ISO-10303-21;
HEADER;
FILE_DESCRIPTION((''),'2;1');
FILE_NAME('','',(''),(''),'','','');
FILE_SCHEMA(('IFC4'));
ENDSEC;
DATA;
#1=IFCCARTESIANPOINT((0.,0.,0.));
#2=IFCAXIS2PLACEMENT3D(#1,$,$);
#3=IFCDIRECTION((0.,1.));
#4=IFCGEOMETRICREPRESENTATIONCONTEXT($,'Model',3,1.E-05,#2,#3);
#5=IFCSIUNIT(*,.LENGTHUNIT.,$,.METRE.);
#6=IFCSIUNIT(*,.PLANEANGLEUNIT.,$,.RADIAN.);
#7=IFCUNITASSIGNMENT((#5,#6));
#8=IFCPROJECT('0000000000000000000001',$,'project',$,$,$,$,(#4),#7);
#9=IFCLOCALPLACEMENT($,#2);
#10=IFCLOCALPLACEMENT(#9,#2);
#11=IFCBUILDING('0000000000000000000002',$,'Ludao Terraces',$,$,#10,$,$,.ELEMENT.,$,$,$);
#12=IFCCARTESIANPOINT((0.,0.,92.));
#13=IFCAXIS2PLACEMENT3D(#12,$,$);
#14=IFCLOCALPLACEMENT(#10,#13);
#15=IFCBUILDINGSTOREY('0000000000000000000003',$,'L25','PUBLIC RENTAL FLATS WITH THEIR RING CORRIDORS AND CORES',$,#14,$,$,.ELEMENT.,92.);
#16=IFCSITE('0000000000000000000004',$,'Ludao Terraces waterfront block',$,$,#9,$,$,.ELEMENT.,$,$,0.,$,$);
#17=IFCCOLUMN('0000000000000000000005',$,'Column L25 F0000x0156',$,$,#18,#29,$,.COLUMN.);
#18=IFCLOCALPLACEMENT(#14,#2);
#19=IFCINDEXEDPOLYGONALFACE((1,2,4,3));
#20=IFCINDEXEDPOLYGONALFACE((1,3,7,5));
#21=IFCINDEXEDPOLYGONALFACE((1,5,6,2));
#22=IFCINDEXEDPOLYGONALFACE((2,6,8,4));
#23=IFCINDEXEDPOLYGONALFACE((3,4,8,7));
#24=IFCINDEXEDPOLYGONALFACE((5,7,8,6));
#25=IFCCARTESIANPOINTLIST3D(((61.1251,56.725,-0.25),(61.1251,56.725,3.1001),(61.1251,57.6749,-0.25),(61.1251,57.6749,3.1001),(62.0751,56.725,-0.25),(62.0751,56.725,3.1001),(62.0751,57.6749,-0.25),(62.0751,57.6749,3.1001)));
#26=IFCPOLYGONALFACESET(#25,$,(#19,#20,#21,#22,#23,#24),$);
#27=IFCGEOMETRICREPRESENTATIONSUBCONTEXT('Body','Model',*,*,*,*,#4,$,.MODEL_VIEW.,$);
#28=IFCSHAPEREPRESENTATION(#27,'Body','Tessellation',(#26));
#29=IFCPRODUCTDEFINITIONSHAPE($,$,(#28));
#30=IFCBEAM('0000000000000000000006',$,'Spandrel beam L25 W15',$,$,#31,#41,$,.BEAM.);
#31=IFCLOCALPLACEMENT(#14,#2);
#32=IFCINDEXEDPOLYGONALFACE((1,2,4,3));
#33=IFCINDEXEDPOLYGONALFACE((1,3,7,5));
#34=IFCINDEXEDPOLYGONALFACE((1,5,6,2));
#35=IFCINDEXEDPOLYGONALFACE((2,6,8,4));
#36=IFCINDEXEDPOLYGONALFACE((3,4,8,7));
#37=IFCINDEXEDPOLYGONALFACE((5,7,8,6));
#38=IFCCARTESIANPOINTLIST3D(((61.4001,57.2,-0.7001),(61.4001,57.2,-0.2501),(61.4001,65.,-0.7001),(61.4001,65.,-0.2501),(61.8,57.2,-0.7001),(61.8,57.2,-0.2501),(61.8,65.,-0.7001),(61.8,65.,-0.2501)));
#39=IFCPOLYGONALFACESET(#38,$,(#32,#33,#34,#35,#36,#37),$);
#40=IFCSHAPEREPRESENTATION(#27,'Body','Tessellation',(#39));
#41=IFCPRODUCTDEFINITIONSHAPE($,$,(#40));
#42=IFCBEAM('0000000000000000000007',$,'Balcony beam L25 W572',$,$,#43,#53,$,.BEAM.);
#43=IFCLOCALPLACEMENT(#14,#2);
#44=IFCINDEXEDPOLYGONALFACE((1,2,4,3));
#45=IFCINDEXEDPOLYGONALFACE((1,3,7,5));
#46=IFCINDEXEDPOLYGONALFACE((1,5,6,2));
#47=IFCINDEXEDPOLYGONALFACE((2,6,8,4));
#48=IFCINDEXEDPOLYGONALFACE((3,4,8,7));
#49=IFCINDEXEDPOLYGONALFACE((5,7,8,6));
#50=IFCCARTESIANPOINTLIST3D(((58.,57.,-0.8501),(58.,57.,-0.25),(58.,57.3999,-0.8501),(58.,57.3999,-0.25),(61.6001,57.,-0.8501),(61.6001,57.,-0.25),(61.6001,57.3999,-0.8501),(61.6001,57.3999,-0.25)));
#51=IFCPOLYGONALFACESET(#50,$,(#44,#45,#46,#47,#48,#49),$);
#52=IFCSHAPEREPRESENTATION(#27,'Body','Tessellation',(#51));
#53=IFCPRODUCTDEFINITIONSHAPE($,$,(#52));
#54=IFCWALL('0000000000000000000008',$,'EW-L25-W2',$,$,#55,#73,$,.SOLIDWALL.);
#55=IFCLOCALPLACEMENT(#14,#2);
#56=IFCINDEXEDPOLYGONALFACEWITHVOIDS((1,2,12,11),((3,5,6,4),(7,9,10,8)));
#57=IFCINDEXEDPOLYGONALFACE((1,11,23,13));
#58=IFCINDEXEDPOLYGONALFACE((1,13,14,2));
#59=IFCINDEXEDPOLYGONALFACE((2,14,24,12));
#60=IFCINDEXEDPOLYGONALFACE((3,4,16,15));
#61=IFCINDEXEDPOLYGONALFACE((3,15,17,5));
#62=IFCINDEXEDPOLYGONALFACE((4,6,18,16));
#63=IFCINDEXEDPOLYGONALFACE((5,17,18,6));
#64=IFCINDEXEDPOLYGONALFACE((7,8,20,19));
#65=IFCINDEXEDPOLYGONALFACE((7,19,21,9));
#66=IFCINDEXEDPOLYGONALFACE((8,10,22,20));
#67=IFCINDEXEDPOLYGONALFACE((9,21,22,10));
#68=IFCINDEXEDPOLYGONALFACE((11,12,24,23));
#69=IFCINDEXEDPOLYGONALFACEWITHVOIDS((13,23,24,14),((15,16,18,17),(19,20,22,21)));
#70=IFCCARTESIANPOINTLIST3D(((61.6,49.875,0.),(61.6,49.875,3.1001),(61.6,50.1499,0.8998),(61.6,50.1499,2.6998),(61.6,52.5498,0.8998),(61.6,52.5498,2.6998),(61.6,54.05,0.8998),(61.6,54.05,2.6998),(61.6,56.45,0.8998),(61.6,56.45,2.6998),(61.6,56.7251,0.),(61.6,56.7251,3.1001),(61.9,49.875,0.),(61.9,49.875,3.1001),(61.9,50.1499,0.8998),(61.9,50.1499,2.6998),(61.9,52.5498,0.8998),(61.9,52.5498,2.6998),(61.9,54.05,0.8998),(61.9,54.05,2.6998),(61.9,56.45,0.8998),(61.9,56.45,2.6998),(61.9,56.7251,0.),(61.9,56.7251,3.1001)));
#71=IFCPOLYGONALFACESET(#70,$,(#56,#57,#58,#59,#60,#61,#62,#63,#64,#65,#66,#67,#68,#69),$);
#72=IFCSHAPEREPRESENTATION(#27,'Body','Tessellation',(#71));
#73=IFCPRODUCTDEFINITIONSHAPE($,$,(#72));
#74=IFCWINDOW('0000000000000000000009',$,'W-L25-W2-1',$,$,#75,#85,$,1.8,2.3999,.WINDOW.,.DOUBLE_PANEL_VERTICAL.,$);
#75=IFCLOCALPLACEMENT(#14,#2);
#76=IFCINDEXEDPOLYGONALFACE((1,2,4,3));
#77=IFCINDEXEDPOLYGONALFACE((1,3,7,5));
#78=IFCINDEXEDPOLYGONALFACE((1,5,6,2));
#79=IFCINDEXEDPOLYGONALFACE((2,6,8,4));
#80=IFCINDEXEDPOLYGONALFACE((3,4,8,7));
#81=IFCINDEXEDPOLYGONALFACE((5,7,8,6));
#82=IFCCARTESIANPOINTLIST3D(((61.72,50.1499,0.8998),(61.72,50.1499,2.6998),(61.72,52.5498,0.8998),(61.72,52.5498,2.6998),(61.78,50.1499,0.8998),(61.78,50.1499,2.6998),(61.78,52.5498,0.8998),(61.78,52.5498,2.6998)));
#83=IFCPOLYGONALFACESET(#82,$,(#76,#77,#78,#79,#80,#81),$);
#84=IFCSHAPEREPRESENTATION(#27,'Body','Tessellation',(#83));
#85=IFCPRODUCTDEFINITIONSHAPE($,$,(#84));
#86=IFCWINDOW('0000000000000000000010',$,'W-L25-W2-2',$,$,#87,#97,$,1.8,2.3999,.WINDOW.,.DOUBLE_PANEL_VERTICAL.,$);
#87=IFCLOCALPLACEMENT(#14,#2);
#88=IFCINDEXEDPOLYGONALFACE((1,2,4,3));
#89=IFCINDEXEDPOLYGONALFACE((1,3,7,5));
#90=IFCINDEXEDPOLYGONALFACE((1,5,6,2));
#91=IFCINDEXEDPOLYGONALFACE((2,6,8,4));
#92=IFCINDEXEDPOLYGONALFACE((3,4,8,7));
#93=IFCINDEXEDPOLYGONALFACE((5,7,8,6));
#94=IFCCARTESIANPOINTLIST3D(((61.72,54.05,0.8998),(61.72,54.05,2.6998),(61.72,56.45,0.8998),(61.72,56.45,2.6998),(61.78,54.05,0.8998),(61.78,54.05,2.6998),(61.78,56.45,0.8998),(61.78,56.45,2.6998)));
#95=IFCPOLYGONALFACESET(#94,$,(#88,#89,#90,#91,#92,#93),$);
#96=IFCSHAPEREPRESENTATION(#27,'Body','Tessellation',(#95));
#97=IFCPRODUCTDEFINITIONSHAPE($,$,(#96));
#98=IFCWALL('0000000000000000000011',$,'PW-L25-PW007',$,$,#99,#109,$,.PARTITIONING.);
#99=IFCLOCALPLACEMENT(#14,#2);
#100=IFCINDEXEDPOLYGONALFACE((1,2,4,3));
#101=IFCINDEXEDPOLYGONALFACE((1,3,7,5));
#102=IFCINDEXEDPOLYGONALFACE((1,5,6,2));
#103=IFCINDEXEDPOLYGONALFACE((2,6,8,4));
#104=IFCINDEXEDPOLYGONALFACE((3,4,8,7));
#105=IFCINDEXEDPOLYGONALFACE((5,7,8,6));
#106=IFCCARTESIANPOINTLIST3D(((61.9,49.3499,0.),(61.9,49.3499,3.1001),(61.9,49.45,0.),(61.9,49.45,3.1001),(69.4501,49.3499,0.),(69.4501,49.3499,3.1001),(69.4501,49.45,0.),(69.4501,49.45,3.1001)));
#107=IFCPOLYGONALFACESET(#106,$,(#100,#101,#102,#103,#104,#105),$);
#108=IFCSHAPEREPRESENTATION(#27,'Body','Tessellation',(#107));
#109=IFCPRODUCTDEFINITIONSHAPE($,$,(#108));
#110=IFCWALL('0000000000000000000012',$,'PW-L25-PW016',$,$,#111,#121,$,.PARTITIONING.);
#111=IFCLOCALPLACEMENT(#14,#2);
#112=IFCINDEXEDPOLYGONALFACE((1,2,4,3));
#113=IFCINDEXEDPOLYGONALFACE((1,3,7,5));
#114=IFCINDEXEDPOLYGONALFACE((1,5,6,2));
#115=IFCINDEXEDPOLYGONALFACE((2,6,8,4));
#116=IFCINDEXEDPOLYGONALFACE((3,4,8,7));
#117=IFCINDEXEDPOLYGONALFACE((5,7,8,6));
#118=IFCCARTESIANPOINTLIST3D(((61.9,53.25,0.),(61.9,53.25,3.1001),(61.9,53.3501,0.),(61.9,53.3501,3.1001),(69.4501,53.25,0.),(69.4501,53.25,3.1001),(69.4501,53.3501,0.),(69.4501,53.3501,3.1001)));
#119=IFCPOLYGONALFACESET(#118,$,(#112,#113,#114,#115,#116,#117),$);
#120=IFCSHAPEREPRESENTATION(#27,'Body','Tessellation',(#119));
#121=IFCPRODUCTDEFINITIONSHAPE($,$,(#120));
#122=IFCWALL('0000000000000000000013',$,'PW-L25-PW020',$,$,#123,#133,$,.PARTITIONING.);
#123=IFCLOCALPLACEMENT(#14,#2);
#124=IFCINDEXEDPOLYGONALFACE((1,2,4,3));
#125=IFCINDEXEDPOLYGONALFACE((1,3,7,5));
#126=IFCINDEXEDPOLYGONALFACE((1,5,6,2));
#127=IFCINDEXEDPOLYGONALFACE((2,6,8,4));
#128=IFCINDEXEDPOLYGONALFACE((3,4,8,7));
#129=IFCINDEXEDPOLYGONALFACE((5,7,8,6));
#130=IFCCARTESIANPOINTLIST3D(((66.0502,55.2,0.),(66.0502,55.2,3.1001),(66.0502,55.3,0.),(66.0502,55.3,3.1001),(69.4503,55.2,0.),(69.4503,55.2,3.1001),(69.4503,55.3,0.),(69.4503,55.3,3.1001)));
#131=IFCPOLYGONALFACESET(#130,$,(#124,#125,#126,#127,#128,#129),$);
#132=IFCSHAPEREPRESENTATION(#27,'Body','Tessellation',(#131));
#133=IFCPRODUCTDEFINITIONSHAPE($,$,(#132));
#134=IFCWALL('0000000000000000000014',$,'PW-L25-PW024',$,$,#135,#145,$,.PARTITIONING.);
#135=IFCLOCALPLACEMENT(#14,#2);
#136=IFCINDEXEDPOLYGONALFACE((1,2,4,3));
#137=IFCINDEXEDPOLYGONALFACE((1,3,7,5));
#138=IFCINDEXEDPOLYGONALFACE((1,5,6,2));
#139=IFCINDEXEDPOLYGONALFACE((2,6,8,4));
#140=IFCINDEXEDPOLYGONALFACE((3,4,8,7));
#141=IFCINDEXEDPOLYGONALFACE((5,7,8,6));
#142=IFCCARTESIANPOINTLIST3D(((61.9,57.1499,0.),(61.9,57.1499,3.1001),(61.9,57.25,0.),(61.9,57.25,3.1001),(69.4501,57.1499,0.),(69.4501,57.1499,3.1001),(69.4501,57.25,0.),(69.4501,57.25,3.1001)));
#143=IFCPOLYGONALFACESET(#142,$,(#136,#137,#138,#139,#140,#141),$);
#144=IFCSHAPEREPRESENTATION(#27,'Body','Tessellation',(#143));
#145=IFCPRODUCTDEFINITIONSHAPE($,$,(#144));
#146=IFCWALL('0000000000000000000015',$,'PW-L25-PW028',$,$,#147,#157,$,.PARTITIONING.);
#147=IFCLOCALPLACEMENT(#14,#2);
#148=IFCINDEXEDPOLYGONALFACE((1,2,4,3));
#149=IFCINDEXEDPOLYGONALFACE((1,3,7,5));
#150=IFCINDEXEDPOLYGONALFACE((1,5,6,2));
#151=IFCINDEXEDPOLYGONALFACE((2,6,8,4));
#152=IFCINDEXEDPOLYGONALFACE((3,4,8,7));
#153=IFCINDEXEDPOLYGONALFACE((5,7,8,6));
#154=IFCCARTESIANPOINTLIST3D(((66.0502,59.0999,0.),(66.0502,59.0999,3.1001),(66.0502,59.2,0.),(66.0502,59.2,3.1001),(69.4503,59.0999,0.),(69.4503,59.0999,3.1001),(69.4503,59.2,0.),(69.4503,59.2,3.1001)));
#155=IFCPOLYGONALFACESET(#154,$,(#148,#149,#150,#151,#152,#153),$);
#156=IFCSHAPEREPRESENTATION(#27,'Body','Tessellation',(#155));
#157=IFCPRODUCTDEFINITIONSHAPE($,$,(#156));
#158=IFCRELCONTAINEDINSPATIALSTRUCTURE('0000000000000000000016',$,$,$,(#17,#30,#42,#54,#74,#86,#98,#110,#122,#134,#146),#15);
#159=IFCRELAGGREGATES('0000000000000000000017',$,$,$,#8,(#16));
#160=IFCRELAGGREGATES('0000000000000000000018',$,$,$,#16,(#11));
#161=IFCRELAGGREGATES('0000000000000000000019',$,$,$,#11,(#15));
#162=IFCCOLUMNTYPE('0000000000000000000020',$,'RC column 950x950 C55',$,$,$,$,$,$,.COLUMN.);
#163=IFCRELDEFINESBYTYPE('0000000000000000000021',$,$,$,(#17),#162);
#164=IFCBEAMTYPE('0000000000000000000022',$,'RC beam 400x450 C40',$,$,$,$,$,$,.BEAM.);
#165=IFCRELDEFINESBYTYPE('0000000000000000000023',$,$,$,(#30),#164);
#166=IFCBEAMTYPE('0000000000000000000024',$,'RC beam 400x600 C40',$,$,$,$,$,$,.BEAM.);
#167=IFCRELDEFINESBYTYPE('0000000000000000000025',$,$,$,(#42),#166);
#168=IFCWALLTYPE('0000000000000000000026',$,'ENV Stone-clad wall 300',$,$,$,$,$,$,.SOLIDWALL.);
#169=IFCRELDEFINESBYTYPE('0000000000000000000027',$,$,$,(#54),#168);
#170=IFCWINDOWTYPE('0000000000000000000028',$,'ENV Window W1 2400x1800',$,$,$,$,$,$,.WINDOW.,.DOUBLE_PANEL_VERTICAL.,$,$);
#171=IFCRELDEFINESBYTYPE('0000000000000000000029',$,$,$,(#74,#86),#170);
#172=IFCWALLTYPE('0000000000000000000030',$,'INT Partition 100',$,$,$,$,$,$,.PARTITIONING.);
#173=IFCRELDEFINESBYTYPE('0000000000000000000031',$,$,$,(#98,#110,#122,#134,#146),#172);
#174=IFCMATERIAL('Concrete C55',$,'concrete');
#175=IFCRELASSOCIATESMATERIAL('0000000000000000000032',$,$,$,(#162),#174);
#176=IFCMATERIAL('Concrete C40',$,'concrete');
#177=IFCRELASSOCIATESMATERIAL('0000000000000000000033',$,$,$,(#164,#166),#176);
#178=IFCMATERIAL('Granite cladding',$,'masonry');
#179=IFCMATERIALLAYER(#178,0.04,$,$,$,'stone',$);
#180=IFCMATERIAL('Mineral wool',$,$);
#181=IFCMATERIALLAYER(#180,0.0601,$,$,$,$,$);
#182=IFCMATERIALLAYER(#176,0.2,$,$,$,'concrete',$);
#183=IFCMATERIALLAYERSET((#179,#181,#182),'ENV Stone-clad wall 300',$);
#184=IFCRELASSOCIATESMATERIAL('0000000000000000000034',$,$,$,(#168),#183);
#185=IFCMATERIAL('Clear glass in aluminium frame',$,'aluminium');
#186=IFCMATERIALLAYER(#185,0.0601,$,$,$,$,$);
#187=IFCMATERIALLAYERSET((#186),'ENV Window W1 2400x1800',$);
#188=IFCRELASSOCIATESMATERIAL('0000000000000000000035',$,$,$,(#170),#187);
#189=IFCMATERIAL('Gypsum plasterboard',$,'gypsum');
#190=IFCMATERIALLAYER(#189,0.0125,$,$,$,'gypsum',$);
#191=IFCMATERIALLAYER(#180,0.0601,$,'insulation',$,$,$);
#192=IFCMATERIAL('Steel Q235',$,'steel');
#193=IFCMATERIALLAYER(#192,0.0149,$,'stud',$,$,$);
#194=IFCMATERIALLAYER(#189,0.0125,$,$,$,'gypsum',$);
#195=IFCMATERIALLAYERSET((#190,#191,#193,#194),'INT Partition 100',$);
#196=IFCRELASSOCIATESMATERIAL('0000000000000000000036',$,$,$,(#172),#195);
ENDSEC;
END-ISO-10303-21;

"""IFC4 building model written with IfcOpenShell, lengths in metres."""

from ifc_helpers import new_model, si_unit, direction, frame, frame_2d, origin, origin_2d, place, context, subcontext, project, spatial, rectangle, extrude, material, layer, layer_set, material_profile, profile_set, type_object, element, fill, save


model = new_model("IFC4")

# Units and contexts
model_context = context("Model", 3, precision=1e-05, world=origin(), true_north=direction((0.0, 1.0)))
body_context = subcontext(model_context, "Body", "Model", "MODEL_VIEW")
ifc_project = project(units=[si_unit("LENGTHUNIT", "METRE"), si_unit("PLANEANGLEUNIT", "RADIAN")], contexts=[model_context])

# Site, building, storey
site_placement = place(None, origin())
site = spatial("IfcSite", under=ifc_project, at=site_placement, Name="Ludao Terraces waterfront block", CompositionType="ELEMENT", RefElevation=0.0)
building_placement = place(site_placement, origin())
building = spatial("IfcBuilding", under=site, at=building_placement, Name="Ludao Terraces", CompositionType="ELEMENT")
storey_placement = place(building_placement, frame((0.0, 0.0, 92.0)))
storey = spatial("IfcBuildingStorey", under=building, at=storey_placement, Name="L25", Description="PUBLIC RENTAL FLATS WITH THEIR RING CORRIDORS AND CORES", CompositionType="ELEMENT", Elevation=92.0)

# Column
ifc_material_1 = material(Name="Concrete C55", Category="concrete")
ifc_material_profile_1 = material_profile(ifc_material_1, rectangle(XDim=0.95, YDim=0.95, at=origin_2d()), Name="950 X 950")
ifc_profile_set_1 = profile_set([ifc_material_profile_1], Name="Concrete C55")
column_type = type_object("IfcColumnType", Name="RC column 950x950 C55", PredefinedType="COLUMN", material=ifc_profile_set_1)
column_placement = place(storey_placement, frame((61.6001, 57.2, -0.25), z_axis=(0.0, 0.0, 1.0), x_axis=(1.0, 0.0, 0.0)))
element("IfcColumn", 1, at=column_placement, inside=storey, type_object=column_type, Name="Column L25 F0000x0156", PredefinedType="COLUMN", context=body_context, shape_type="SweptSolid", body=[
    extrude(rectangle(XDim=0.95, YDim=0.95, at=origin_2d()), origin(), (0.0, 0.0, 1.0), 3.3501),
])

# Beams
ifc_material_2 = material(Name="Concrete C40", Category="concrete")
ifc_material_profile_2 = material_profile(ifc_material_2, rectangle(XDim=0.3999, YDim=0.45, at=origin_2d()), Name="400 X 450")
ifc_profile_set_2 = profile_set([ifc_material_profile_2], Name="Concrete C40")
beam_type_1 = type_object("IfcBeamType", Name="RC beam 400x450 C40", PredefinedType="BEAM", material=ifc_profile_set_2)
beam_1_placement = place(storey_placement, frame((61.6001, 57.2, -0.4751), z_axis=(0.0, 1.0, 0.0), x_axis=(-1.0, 0.0, 0.0)))
element("IfcBeam", 2, at=beam_1_placement, inside=storey, type_object=beam_type_1, Name="Spandrel beam L25 W15", PredefinedType="BEAM", context=body_context, shape_type="SweptSolid", body=[
    extrude(rectangle(XDim=0.3999, YDim=0.45, at=origin_2d()), origin(), (0.0, 0.0, 1.0), 7.8),
])
ifc_material_profile_3 = material_profile(ifc_material_2, rectangle(XDim=0.3999, YDim=0.6001, at=origin_2d()), Name="400 X 600")
ifc_profile_set_3 = profile_set([ifc_material_profile_3], Name="Concrete C40")
beam_type_2 = type_object("IfcBeamType", Name="RC beam 400x600 C40", PredefinedType="BEAM", material=ifc_profile_set_3)
beam_2_placement = place(storey_placement, frame((61.6001, 57.2, -0.55), z_axis=(-1.0, 0.0, 0.0), x_axis=(0.0, -1.0, 0.0)))
element("IfcBeam", 3, at=beam_2_placement, inside=storey, type_object=beam_type_2, Name="Balcony beam L25 W572", PredefinedType="BEAM", context=body_context, shape_type="SweptSolid", body=[
    extrude(rectangle(XDim=0.3999, YDim=0.6001, at=origin_2d()), origin(), (0.0, 0.0, 1.0), 3.6001),
])

# Wall, openings, windows
ifc_material_3 = material(Name="Granite cladding", Category="masonry")
ifc_layer_1 = layer(ifc_material_3, 0.04, Category="stone")
ifc_material_4 = material(Name="Mineral wool")
ifc_layer_2 = layer(ifc_material_4, 0.0601)
ifc_layer_3 = layer(ifc_material_2, 0.2, Category="concrete")
ifc_layer_set_1 = layer_set([ifc_layer_1, ifc_layer_2, ifc_layer_3], Name="ENV Stone-clad wall 300")
wall_type_1 = type_object("IfcWallType", Name="ENV Stone-clad wall 300", PredefinedType="SOLIDWALL", material=ifc_layer_set_1)
wall_1_placement = place(storey_placement, frame((61.75, 49.875, 0.0), z_axis=(0.0, 0.0, 1.0), x_axis=(0.0, 1.0, 0.0)))
wall_1 = element("IfcWall", 4, at=wall_1_placement, inside=storey, type_object=wall_type_1, Name="EW-L25-W2", PredefinedType="SOLIDWALL", context=body_context, shape_type="SweptSolid", body=[
    extrude(rectangle(XDim=6.8501, YDim=0.3, at=frame_2d((3.425, 0.0))), origin(), (0.0, 0.0, 1.0), 3.1001),
])
opening_1_placement = place(wall_1_placement, frame((0.2749, 0.0, 0.8999)))
opening_1 = element("IfcOpeningElement", 5, at=opening_1_placement, cuts=wall_1, PredefinedType="OPENING", context=body_context, shape_type="SweptSolid", body=[
    extrude(rectangle(XDim=2.3999, YDim=1.8, at=frame_2d((1.2, 0.8999))), frame((0.0, 0.1602, 0.0), z_axis=(0.0, -1.0, 0.0), x_axis=(1.0, 0.0, 0.0)), (0.0, 0.0, 1.0), 0.3201),
])
opening_2_placement = place(wall_1_placement, frame((4.175, 0.0, 0.8999)))
opening_2 = element("IfcOpeningElement", 6, at=opening_2_placement, cuts=wall_1, PredefinedType="OPENING", context=body_context, shape_type="SweptSolid", body=[
    extrude(rectangle(XDim=2.3999, YDim=1.8, at=frame_2d((1.2, 0.8999))), frame((0.0, 0.1602, 0.0), z_axis=(0.0, -1.0, 0.0), x_axis=(1.0, 0.0, 0.0)), (0.0, 0.0, 1.0), 0.3201),
])
ifc_material_5 = material(Name="Clear glass in aluminium frame", Category="aluminium")
ifc_layer_4 = layer(ifc_material_5, 0.0601)
ifc_layer_set_2 = layer_set([ifc_layer_4], Name="ENV Window W1 2400x1800")
window_type = type_object("IfcWindowType", Name="ENV Window W1 2400x1800", PartitioningType="DOUBLE_PANEL_VERTICAL", PredefinedType="WINDOW", material=ifc_layer_set_2)
window_1_placement = place(opening_1_placement, origin())
window_1 = element("IfcWindow", 7, at=window_1_placement, inside=storey, type_object=window_type, Name="W-L25-W2-1", OverallHeight=1.8, OverallWidth=2.3999, PartitioningType="DOUBLE_PANEL_VERTICAL", PredefinedType="WINDOW", context=body_context, shape_type="SweptSolid", body=[
    extrude(rectangle(XDim=2.3999, YDim=1.8, at=frame_2d((1.2, 0.8999))), frame((0.0, 0.03, 0.0), z_axis=(0.0, -1.0, 0.0), x_axis=(1.0, 0.0, 0.0)), (0.0, 0.0, 1.0), 0.0601),
])
fill(opening_1, window_1)
window_2_placement = place(opening_2_placement, origin())
window_2 = element("IfcWindow", 8, at=window_2_placement, inside=storey, type_object=window_type, Name="W-L25-W2-2", OverallHeight=1.8, OverallWidth=2.3999, PartitioningType="DOUBLE_PANEL_VERTICAL", PredefinedType="WINDOW", context=body_context, shape_type="SweptSolid", body=[
    extrude(rectangle(XDim=2.3999, YDim=1.8, at=frame_2d((1.2, 0.8999))), frame((0.0, 0.03, 0.0), z_axis=(0.0, -1.0, 0.0), x_axis=(1.0, 0.0, 0.0)), (0.0, 0.0, 1.0), 0.0601),
])
fill(opening_2, window_2)

# Walls
ifc_material_6 = material(Name="Gypsum plasterboard", Category="gypsum")
ifc_layer_5 = layer(ifc_material_6, 0.0125, Category="gypsum")
ifc_layer_6 = layer(ifc_material_4, 0.0601, Name="insulation")
ifc_material_7 = material(Name="Steel Q235", Category="steel")
ifc_layer_7 = layer(ifc_material_7, 0.0149, Name="stud")
ifc_layer_8 = layer(ifc_material_6, 0.0125, Category="gypsum")
ifc_layer_set_3 = layer_set([ifc_layer_5, ifc_layer_6, ifc_layer_7, ifc_layer_8], Name="INT Partition 100")
wall_type_2 = type_object("IfcWallType", Name="INT Partition 100", PredefinedType="PARTITIONING", material=ifc_layer_set_3)
for number, where, z_axis, x_axis, name in (
    (9, (61.9001, 49.3999, 0.0), (0.0, 0.0, 1.0), (1.0, 0.0, 0.0), "PW-L25-PW007"),
    (10, (61.9001, 53.3, 0.0), (0.0, 0.0, 1.0), (1.0, 0.0, 0.0), "PW-L25-PW016"),
):
    element("IfcWall", number, at=place(storey_placement, frame(where, z_axis=z_axis, x_axis=x_axis)), inside=storey, type_object=wall_type_2, Name=name, PredefinedType="PARTITIONING", context=body_context, shape_type="SweptSolid", body=[
        extrude(rectangle(XDim=7.55, YDim=0.1001, at=frame_2d((3.7749, 0.0))), origin(), (0.0, 0.0, 1.0), 3.1001),
    ])
wall_2_placement = place(storey_placement, frame((66.05, 55.25, 0.0), z_axis=(0.0, 0.0, 1.0), x_axis=(1.0, 0.0, 0.0)))
element("IfcWall", 11, at=wall_2_placement, inside=storey, type_object=wall_type_2, Name="PW-L25-PW020", PredefinedType="PARTITIONING", context=body_context, shape_type="SweptSolid", body=[
    extrude(rectangle(XDim=3.4001, YDim=0.1001, at=frame_2d((1.7002, 0.0))), origin(), (0.0, 0.0, 1.0), 3.1001),
])
wall_3_placement = place(storey_placement, frame((61.9001, 57.2, 0.0), z_axis=(0.0, 0.0, 1.0), x_axis=(1.0, 0.0, 0.0)))
element("IfcWall", 12, at=wall_3_placement, inside=storey, type_object=wall_type_2, Name="PW-L25-PW024", PredefinedType="PARTITIONING", context=body_context, shape_type="SweptSolid", body=[
    extrude(rectangle(XDim=7.55, YDim=0.1001, at=frame_2d((3.7749, 0.0))), origin(), (0.0, 0.0, 1.0), 3.1001),
])
wall_4_placement = place(storey_placement, frame((66.05, 59.1499, 0.0), z_axis=(0.0, 0.0, 1.0), x_axis=(1.0, 0.0, 0.0)))
element("IfcWall", 13, at=wall_4_placement, inside=storey, type_object=wall_type_2, Name="PW-L25-PW028", PredefinedType="PARTITIONING", context=body_context, shape_type="SweptSolid", body=[
    extrude(rectangle(XDim=3.4001, YDim=0.1001, at=frame_2d((1.7002, 0.0))), origin(), (0.0, 0.0, 1.0), 3.1001),
])

save(model, "model.ifc")
